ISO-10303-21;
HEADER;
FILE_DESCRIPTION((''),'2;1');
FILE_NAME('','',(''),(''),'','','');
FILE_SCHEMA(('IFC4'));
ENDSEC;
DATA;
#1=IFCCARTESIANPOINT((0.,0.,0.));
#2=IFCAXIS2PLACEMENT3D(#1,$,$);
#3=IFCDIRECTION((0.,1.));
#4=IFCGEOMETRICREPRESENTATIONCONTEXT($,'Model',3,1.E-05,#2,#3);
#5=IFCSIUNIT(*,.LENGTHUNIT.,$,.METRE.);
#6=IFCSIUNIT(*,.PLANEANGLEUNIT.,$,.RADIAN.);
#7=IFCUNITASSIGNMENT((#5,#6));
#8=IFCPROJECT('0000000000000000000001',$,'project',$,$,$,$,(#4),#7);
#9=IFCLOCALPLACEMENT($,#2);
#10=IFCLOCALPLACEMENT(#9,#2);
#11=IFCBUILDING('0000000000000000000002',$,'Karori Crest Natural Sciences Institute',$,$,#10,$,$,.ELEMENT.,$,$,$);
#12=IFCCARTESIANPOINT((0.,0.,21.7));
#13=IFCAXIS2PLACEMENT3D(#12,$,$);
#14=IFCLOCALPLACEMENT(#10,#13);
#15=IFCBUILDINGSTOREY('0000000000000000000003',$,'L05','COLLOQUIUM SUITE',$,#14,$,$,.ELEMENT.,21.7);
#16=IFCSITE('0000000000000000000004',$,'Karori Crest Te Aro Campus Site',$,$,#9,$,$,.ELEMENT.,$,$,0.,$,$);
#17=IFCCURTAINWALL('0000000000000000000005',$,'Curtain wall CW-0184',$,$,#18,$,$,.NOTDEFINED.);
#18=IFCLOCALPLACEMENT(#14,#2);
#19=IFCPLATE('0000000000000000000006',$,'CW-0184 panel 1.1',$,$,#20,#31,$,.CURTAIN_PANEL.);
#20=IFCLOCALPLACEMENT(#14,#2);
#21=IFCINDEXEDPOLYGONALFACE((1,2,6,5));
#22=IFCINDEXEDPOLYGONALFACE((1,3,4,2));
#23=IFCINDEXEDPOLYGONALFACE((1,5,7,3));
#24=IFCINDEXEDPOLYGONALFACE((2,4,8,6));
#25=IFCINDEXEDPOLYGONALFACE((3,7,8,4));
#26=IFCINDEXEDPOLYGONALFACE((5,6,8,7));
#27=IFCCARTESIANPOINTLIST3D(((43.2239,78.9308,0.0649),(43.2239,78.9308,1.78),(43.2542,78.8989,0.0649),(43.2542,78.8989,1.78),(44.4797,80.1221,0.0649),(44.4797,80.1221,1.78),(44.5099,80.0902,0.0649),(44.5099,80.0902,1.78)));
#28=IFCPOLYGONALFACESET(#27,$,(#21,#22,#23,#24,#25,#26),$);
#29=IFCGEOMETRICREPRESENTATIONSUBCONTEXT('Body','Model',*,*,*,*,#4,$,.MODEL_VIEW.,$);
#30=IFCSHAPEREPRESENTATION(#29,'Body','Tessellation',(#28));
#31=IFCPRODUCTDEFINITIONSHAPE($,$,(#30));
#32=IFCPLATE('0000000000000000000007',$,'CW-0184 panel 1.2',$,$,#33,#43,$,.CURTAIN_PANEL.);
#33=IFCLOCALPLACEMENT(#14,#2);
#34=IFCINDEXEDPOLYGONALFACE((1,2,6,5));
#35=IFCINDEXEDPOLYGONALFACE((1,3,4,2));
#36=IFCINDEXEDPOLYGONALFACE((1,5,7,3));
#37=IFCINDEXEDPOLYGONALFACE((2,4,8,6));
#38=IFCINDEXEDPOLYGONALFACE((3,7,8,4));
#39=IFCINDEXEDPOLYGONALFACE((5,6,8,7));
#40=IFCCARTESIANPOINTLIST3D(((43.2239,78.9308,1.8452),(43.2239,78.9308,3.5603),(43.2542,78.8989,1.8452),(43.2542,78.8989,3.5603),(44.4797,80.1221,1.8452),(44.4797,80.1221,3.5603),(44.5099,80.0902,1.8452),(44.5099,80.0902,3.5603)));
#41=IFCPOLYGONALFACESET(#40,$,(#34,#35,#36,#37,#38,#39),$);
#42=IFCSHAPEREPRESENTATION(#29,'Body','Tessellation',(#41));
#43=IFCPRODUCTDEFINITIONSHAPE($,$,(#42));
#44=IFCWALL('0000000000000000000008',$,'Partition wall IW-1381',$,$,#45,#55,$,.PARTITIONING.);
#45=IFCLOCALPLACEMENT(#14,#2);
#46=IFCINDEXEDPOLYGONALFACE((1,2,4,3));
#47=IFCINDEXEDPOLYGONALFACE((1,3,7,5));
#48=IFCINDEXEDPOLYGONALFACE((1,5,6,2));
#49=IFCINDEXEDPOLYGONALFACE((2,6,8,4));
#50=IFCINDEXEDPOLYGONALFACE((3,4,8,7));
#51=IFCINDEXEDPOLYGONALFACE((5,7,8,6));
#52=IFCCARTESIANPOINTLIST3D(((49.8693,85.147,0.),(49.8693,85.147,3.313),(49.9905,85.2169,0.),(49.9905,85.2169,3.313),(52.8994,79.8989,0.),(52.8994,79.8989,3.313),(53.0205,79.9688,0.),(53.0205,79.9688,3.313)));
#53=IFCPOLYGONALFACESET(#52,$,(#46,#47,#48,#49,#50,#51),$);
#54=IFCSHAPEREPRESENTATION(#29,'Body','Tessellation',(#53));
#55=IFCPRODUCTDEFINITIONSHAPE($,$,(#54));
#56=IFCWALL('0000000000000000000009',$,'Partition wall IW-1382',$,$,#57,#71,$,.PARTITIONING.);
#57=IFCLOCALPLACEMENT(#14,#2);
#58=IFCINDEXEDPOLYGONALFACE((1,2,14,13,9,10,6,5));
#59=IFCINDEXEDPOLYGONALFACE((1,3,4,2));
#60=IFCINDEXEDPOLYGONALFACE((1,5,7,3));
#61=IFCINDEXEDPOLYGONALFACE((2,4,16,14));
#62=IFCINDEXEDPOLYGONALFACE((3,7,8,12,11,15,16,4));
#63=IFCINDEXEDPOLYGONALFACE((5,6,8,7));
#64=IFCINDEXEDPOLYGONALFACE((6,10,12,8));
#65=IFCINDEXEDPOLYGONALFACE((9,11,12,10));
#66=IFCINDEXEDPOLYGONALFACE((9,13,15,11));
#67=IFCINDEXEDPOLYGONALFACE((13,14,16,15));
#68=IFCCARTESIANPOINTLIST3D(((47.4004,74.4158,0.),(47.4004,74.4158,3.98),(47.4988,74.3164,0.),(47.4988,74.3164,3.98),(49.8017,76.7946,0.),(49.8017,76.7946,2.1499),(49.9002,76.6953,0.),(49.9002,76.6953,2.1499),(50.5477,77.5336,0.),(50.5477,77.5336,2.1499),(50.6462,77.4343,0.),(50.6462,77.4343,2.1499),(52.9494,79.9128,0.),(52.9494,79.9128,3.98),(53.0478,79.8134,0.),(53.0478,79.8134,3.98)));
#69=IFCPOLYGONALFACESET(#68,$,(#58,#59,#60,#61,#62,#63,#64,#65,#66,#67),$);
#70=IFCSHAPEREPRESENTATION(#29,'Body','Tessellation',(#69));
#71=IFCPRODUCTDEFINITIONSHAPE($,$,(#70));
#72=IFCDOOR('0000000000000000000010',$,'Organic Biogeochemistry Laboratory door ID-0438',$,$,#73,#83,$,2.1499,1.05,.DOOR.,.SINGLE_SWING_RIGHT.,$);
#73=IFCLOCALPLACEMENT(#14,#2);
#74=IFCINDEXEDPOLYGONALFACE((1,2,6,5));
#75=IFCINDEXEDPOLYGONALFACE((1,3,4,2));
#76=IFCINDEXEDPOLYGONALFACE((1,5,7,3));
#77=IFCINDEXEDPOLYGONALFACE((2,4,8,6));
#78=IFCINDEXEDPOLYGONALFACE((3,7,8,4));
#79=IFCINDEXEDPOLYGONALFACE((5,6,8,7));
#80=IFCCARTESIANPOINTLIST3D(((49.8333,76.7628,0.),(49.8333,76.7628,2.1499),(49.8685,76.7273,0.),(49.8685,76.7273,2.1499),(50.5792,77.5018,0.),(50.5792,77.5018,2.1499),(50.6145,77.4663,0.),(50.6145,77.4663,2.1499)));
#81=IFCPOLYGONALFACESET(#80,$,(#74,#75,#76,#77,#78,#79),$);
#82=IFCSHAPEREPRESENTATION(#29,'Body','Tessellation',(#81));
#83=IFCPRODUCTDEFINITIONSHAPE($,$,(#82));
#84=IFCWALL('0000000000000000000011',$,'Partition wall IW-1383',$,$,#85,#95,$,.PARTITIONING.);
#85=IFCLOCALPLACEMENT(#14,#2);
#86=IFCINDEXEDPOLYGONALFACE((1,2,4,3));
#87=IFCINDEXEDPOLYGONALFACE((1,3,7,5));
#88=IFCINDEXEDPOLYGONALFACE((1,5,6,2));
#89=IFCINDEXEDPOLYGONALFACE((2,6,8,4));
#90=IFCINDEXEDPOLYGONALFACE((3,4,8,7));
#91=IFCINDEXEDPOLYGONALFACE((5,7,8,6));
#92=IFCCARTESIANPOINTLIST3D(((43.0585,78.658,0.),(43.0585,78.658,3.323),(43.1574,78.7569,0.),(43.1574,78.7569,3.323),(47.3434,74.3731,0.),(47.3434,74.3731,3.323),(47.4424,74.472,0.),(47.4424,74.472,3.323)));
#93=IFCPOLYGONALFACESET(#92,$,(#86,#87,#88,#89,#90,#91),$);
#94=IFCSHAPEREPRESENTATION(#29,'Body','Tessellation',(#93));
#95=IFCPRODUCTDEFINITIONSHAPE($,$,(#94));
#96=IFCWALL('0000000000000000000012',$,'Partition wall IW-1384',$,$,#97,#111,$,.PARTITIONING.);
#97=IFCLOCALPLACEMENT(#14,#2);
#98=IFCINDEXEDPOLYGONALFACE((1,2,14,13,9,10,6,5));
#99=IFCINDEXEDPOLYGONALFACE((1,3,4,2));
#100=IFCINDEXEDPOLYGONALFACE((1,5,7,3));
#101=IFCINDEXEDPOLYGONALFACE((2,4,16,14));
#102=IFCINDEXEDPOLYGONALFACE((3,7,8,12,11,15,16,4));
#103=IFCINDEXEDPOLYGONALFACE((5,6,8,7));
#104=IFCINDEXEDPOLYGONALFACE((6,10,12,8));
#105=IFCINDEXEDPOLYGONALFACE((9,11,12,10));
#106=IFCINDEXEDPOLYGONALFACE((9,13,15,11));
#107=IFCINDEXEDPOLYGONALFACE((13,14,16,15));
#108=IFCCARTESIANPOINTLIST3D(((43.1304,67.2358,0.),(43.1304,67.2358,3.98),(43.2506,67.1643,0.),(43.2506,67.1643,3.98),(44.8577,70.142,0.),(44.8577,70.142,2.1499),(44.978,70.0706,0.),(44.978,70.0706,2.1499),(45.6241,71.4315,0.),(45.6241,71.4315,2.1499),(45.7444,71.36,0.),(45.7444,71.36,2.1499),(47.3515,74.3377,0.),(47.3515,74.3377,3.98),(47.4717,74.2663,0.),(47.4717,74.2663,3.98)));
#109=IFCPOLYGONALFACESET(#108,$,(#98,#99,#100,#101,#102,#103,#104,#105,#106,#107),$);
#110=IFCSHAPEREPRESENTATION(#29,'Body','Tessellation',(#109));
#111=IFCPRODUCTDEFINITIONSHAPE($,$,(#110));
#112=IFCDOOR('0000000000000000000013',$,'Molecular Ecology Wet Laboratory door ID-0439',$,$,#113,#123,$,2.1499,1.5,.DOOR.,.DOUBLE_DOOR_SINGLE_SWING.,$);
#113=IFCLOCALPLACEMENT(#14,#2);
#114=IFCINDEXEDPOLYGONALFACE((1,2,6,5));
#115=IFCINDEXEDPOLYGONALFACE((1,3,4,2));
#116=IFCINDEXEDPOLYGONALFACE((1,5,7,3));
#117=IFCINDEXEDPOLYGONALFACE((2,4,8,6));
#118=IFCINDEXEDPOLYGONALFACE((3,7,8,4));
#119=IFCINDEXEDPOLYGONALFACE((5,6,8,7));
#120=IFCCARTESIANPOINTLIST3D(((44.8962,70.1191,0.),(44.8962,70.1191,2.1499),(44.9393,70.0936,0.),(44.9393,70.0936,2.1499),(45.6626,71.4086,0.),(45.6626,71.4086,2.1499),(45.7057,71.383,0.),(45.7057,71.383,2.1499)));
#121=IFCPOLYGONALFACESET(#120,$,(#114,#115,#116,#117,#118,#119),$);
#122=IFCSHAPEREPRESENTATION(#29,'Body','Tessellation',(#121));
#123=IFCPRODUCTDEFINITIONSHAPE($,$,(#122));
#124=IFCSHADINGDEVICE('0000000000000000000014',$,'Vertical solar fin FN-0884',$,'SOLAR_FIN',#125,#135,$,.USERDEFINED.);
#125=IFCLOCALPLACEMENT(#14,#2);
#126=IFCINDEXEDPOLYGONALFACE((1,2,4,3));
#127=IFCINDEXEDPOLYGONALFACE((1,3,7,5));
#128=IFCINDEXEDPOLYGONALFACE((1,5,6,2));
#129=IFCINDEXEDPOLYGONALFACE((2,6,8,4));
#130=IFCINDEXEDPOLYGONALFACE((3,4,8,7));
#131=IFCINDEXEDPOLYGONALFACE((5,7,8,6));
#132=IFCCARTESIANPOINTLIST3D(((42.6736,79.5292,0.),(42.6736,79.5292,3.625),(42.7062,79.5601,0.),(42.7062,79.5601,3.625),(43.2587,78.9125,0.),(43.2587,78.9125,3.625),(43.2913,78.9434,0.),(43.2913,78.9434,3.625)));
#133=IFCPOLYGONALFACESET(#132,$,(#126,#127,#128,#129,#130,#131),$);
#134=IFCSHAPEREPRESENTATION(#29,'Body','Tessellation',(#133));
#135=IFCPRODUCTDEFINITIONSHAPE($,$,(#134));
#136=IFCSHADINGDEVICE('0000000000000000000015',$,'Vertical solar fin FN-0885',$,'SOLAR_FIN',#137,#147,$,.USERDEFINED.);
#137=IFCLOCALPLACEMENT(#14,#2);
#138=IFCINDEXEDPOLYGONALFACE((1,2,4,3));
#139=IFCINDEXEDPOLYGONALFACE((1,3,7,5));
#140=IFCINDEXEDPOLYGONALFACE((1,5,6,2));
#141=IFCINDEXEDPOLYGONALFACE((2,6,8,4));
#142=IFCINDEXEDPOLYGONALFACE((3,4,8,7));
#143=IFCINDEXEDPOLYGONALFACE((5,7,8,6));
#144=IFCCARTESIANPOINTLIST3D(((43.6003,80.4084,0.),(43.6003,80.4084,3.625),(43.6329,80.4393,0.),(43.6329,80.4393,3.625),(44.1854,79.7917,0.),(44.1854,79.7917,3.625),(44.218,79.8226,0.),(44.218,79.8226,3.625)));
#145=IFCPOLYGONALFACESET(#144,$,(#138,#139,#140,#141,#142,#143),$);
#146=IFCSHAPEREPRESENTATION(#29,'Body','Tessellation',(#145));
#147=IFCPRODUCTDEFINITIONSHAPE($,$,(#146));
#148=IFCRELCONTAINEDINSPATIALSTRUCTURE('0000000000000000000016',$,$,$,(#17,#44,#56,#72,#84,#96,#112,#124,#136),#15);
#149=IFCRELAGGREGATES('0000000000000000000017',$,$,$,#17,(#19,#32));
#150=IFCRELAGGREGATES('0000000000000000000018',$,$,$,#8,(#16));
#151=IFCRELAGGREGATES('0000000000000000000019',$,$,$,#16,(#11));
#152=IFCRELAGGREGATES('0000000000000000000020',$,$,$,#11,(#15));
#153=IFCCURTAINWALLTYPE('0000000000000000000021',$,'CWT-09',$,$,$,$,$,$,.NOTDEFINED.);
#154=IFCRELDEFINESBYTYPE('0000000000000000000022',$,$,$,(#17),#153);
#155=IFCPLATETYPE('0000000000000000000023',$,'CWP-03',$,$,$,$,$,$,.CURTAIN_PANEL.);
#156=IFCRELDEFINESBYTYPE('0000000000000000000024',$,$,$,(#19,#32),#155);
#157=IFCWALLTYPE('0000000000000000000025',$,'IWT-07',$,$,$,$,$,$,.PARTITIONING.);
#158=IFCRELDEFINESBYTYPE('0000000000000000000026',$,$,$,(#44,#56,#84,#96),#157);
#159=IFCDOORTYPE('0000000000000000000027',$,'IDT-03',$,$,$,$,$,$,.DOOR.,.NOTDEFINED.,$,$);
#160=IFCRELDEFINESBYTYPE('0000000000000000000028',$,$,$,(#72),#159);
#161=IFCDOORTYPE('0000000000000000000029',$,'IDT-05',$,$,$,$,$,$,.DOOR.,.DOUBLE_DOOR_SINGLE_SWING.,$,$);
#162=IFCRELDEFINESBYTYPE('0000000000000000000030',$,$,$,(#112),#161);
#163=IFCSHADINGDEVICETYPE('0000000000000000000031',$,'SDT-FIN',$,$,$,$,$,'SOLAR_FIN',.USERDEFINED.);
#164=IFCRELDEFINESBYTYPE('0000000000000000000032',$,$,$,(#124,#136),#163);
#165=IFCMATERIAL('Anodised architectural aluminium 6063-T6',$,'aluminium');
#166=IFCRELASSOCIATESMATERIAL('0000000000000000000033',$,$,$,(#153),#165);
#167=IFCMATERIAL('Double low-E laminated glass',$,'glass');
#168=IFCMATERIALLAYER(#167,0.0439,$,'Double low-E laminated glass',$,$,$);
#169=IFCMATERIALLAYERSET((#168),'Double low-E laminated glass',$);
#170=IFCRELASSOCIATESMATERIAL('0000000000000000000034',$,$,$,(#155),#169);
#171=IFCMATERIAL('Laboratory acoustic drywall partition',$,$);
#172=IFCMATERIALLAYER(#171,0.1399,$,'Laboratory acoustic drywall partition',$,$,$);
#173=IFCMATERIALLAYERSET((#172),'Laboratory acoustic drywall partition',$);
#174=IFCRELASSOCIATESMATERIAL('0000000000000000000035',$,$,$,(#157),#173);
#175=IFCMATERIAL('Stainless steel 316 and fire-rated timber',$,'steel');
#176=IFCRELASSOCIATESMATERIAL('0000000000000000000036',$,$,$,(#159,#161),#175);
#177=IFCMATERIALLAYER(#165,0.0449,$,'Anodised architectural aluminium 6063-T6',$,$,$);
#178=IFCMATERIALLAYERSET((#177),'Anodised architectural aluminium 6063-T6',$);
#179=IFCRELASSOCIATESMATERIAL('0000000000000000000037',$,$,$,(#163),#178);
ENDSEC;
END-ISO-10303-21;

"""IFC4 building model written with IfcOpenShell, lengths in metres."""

from ifc_helpers import new_model, si_unit, direction, frame, frame_2d, origin, origin_2d, place, context, subcontext, project, spatial, rectangle, extrude, material, layer, layer_set, type_object, element, fill, aggregate, save


model = new_model("IFC4")

# Units and contexts
model_context = context("Model", 3, precision=1e-05, world=origin(), true_north=direction((0.0, 1.0)))
body_context = subcontext(model_context, "Body", "Model", "MODEL_VIEW")
ifc_project = project(units=[si_unit("LENGTHUNIT", "METRE"), si_unit("PLANEANGLEUNIT", "RADIAN")], contexts=[model_context])

# Site, building, storey
site_placement = place(None, origin())
site = spatial("IfcSite", under=ifc_project, at=site_placement, Name="Karori Crest Te Aro Campus Site", CompositionType="ELEMENT", RefElevation=0.0)
building_placement = place(site_placement, origin())
building = spatial("IfcBuilding", under=site, at=building_placement, Name="Karori Crest Natural Sciences Institute", CompositionType="ELEMENT")
storey_placement = place(building_placement, frame((0.0, 0.0, 21.7)))
storey = spatial("IfcBuildingStorey", under=building, at=storey_placement, Name="L05", Description="COLLOQUIUM SUITE", CompositionType="ELEMENT", Elevation=21.7)

# Curtain wall
ifc_material_1 = material(Name="Anodised architectural aluminium 6063-T6", Category="aluminium")
curtain_wall_type_1 = type_object("IfcCurtainWallType", Name="CWT-09", PredefinedType="NOTDEFINED", material=ifc_material_1)
curtain_wall_1_placement = place(storey_placement, origin())
curtain_wall_1 = element("IfcCurtainWall", 1, at=curtain_wall_1_placement, inside=storey, type_object=curtain_wall_type_1, Name="Curtain wall CW-0184", PredefinedType="NOTDEFINED")

# Plates
ifc_material_2 = material(Name="Double low-E laminated glass", Category="glass")
ifc_layer_1 = layer(ifc_material_2, 0.0439, Name="Double low-E laminated glass")
ifc_layer_set_1 = layer_set([ifc_layer_1], Name="Double low-E laminated glass")
plate_type_1 = type_object("IfcPlateType", Name="CWP-03", PredefinedType="CURTAIN_PANEL", material=ifc_layer_set_1)
plate_1_placement = place(storey_placement, frame((43.8669, 79.5105, 0.0649), z_axis=(0.0, 0.0, 1.0), x_axis=(0.725473, 0.688251, 0.0)))
plate_1 = element("IfcPlate", 2, at=plate_1_placement, type_object=plate_type_1, Name="CW-0184 panel 1.1", PredefinedType="CURTAIN_PANEL", context=body_context, shape_type="SweptSolid", body=[
    extrude(rectangle(XDim=1.731, YDim=0.0439, at=origin_2d()), origin(), (0.0, 0.0, 1.0), 1.7151),
])
plate_2_placement = place(storey_placement, frame((43.8669, 79.5105, 1.8452), z_axis=(0.0, 0.0, 1.0), x_axis=(0.725473, 0.688251, 0.0)))
plate_2 = element("IfcPlate", 3, at=plate_2_placement, type_object=plate_type_1, Name="CW-0184 panel 1.2", PredefinedType="CURTAIN_PANEL", context=body_context, shape_type="SweptSolid", body=[
    extrude(rectangle(XDim=1.731, YDim=0.0439, at=origin_2d()), origin(), (0.0, 0.0, 1.0), 1.7151),
])
aggregate(curtain_wall_1, [plate_1, plate_2])

# Wall
ifc_material_3 = material(Name="Laboratory acoustic drywall partition")
ifc_layer_2 = layer(ifc_material_3, 0.1399, Name="Laboratory acoustic drywall partition")
ifc_layer_set_2 = layer_set([ifc_layer_2], Name="Laboratory acoustic drywall partition")
wall_type = type_object("IfcWallType", Name="IWT-07", PredefinedType="PARTITIONING", material=ifc_layer_set_2)
wall_1_placement = place(storey_placement, frame((52.96, 79.9338, 0.0), z_axis=(0.0, 0.0, 1.0), x_axis=(-0.500008, 0.866021, 0.0)))
element("IfcWall", 4, at=wall_1_placement, inside=storey, type_object=wall_type, Name="Partition wall IW-1381", PredefinedType="PARTITIONING", context=body_context, shape_type="SweptSolid", body=[
    extrude(rectangle(XDim=6.0601, YDim=0.1399, at=frame_2d((3.03, 0.0))), origin(), (0.0, 0.0, 1.0), 3.313),
])

# Wall, opening, door
wall_2_placement = place(storey_placement, frame((52.9985, 79.863, 0.0), z_axis=(0.0, 0.0, 1.0), x_axis=(-0.710428, -0.70377, 0.0)))
wall_2 = element("IfcWall", 5, at=wall_2_placement, inside=storey, type_object=wall_type, Name="Partition wall IW-1382", PredefinedType="PARTITIONING", context=body_context, shape_type="SweptSolid", body=[
    extrude(rectangle(XDim=7.8108, YDim=0.1399, at=frame_2d((3.9053, 0.0))), origin(), (0.0, 0.0, 1.0), 3.98),
])
opening_1_placement = place(wall_2_placement, frame((3.3806, 0.0, 0.0)))
opening_1 = element("IfcOpeningElement", 6, at=opening_1_placement, cuts=wall_2, PredefinedType="OPENING", context=body_context, shape_type="SweptSolid", body=[
    extrude(rectangle(XDim=1.05, YDim=2.1499, at=frame_2d((0.5249, 1.075))), frame((0.0, 0.0801, 0.0), z_axis=(0.0, -1.0, 0.0), x_axis=(1.0, 0.0, 0.0)), (0.0, 0.0, 1.0), 0.1599),
])
ifc_material_4 = material(Name="Stainless steel 316 and fire-rated timber", Category="steel")
door_type_1 = type_object("IfcDoorType", Name="IDT-03", OperationType="NOTDEFINED", PredefinedType="DOOR", material=ifc_material_4)
door_1_placement = place(opening_1_placement, origin())
door_1 = element("IfcDoor", 7, at=door_1_placement, inside=storey, type_object=door_type_1, Name="Organic Biogeochemistry Laboratory door ID-0438", OperationType="SINGLE_SWING_RIGHT", OverallHeight=2.1499, OverallWidth=1.05, PredefinedType="DOOR", context=body_context, shape_type="SweptSolid", body=[
    extrude(rectangle(XDim=1.05, YDim=2.1499, at=frame_2d((0.5249, 1.075))), frame((0.0, 0.0249, 0.0), z_axis=(0.0, -1.0, 0.0), x_axis=(1.0, 0.0, 0.0)), (0.0, 0.0, 1.0), 0.05),
])
fill(opening_1, door_1)

# Wall
wall_3_placement = place(storey_placement, frame((47.3928, 74.4226, 0.0), z_axis=(0.0, 0.0, 1.0), x_axis=(-0.707107, 0.707107, 0.0)))
element("IfcWall", 8, at=wall_3_placement, inside=storey, type_object=wall_type, Name="Partition wall IW-1383", PredefinedType="PARTITIONING", context=body_context, shape_type="SweptSolid", body=[
    extrude(rectangle(XDim=6.0598, YDim=0.1399, at=frame_2d((3.0298, 0.0))), origin(), (0.0, 0.0, 1.0), 3.323),
])

# Wall, opening, door
wall_4_placement = place(storey_placement, frame((47.4116, 74.302, 0.0), z_axis=(0.0, 0.0, 1.0), x_axis=(-0.510928, -0.859624, 0.0)))
wall_4 = element("IfcWall", 9, at=wall_4_placement, inside=storey, type_object=wall_type, Name="Partition wall IW-1384", PredefinedType="PARTITIONING", context=body_context, shape_type="SweptSolid", body=[
    extrude(rectangle(XDim=8.2617, YDim=0.1399, at=frame_2d((4.1309, 0.0))), origin(), (0.0, 0.0, 1.0), 3.98),
])
opening_2_placement = place(wall_4_placement, frame((3.3809, 0.0, 0.0)))
opening_2 = element("IfcOpeningElement", 10, at=opening_2_placement, cuts=wall_4, PredefinedType="OPENING", context=body_context, shape_type="SweptSolid", body=[
    extrude(rectangle(XDim=1.5, YDim=2.1499, at=frame_2d((0.75, 1.075))), frame((0.0, 0.0801, 0.0), z_axis=(0.0, -1.0, 0.0), x_axis=(1.0, 0.0, 0.0)), (0.0, 0.0, 1.0), 0.1599),
])
door_type_2 = type_object("IfcDoorType", Name="IDT-05", OperationType="DOUBLE_DOOR_SINGLE_SWING", PredefinedType="DOOR", material=ifc_material_4)
door_2_placement = place(opening_2_placement, origin())
door_2 = element("IfcDoor", 11, at=door_2_placement, inside=storey, type_object=door_type_2, Name="Molecular Ecology Wet Laboratory door ID-0439", OperationType="DOUBLE_DOOR_SINGLE_SWING", OverallHeight=2.1499, OverallWidth=1.5, PredefinedType="DOOR", context=body_context, shape_type="SweptSolid", body=[
    extrude(rectangle(XDim=1.5, YDim=2.1499, at=frame_2d((0.75, 1.075))), frame((0.0, 0.0249, 0.0), z_axis=(0.0, -1.0, 0.0), x_axis=(1.0, 0.0, 0.0)), (0.0, 0.0, 1.0), 0.05),
])
fill(opening_2, door_2)

# Shading devices
ifc_layer_3 = layer(ifc_material_1, 0.0449, Name="Anodised architectural aluminium 6063-T6")
ifc_layer_set_3 = layer_set([ifc_layer_3], Name="Anodised architectural aluminium 6063-T6")
shading_device_type = type_object("IfcShadingDeviceType", Name="SDT-FIN", ElementType="SOLAR_FIN", PredefinedType="USERDEFINED", material=ifc_layer_set_3)
for number, where, z_axis, x_axis, name in (
    (12, (42.9824, 79.2363, 0.0), (0.0, 0.0, 1.0), (-0.688251, 0.725473, 0.0), "Vertical solar fin FN-0884"),
    (13, (43.9092, 80.1155, 0.0), (0.0, 0.0, 1.0), (-0.688251, 0.725473, 0.0), "Vertical solar fin FN-0885"),
):
    element("IfcShadingDevice", number, at=place(storey_placement, frame(where, z_axis=z_axis, x_axis=x_axis)), inside=storey, type_object=shading_device_type, Name=name, ObjectType="SOLAR_FIN", PredefinedType="USERDEFINED", context=body_context, shape_type="SweptSolid", body=[
        extrude(rectangle(XDim=0.8501, YDim=0.0449, at=origin_2d()), origin(), (0.0, 0.0, 1.0), 3.625),
    ])

save(model, "model.ifc")
